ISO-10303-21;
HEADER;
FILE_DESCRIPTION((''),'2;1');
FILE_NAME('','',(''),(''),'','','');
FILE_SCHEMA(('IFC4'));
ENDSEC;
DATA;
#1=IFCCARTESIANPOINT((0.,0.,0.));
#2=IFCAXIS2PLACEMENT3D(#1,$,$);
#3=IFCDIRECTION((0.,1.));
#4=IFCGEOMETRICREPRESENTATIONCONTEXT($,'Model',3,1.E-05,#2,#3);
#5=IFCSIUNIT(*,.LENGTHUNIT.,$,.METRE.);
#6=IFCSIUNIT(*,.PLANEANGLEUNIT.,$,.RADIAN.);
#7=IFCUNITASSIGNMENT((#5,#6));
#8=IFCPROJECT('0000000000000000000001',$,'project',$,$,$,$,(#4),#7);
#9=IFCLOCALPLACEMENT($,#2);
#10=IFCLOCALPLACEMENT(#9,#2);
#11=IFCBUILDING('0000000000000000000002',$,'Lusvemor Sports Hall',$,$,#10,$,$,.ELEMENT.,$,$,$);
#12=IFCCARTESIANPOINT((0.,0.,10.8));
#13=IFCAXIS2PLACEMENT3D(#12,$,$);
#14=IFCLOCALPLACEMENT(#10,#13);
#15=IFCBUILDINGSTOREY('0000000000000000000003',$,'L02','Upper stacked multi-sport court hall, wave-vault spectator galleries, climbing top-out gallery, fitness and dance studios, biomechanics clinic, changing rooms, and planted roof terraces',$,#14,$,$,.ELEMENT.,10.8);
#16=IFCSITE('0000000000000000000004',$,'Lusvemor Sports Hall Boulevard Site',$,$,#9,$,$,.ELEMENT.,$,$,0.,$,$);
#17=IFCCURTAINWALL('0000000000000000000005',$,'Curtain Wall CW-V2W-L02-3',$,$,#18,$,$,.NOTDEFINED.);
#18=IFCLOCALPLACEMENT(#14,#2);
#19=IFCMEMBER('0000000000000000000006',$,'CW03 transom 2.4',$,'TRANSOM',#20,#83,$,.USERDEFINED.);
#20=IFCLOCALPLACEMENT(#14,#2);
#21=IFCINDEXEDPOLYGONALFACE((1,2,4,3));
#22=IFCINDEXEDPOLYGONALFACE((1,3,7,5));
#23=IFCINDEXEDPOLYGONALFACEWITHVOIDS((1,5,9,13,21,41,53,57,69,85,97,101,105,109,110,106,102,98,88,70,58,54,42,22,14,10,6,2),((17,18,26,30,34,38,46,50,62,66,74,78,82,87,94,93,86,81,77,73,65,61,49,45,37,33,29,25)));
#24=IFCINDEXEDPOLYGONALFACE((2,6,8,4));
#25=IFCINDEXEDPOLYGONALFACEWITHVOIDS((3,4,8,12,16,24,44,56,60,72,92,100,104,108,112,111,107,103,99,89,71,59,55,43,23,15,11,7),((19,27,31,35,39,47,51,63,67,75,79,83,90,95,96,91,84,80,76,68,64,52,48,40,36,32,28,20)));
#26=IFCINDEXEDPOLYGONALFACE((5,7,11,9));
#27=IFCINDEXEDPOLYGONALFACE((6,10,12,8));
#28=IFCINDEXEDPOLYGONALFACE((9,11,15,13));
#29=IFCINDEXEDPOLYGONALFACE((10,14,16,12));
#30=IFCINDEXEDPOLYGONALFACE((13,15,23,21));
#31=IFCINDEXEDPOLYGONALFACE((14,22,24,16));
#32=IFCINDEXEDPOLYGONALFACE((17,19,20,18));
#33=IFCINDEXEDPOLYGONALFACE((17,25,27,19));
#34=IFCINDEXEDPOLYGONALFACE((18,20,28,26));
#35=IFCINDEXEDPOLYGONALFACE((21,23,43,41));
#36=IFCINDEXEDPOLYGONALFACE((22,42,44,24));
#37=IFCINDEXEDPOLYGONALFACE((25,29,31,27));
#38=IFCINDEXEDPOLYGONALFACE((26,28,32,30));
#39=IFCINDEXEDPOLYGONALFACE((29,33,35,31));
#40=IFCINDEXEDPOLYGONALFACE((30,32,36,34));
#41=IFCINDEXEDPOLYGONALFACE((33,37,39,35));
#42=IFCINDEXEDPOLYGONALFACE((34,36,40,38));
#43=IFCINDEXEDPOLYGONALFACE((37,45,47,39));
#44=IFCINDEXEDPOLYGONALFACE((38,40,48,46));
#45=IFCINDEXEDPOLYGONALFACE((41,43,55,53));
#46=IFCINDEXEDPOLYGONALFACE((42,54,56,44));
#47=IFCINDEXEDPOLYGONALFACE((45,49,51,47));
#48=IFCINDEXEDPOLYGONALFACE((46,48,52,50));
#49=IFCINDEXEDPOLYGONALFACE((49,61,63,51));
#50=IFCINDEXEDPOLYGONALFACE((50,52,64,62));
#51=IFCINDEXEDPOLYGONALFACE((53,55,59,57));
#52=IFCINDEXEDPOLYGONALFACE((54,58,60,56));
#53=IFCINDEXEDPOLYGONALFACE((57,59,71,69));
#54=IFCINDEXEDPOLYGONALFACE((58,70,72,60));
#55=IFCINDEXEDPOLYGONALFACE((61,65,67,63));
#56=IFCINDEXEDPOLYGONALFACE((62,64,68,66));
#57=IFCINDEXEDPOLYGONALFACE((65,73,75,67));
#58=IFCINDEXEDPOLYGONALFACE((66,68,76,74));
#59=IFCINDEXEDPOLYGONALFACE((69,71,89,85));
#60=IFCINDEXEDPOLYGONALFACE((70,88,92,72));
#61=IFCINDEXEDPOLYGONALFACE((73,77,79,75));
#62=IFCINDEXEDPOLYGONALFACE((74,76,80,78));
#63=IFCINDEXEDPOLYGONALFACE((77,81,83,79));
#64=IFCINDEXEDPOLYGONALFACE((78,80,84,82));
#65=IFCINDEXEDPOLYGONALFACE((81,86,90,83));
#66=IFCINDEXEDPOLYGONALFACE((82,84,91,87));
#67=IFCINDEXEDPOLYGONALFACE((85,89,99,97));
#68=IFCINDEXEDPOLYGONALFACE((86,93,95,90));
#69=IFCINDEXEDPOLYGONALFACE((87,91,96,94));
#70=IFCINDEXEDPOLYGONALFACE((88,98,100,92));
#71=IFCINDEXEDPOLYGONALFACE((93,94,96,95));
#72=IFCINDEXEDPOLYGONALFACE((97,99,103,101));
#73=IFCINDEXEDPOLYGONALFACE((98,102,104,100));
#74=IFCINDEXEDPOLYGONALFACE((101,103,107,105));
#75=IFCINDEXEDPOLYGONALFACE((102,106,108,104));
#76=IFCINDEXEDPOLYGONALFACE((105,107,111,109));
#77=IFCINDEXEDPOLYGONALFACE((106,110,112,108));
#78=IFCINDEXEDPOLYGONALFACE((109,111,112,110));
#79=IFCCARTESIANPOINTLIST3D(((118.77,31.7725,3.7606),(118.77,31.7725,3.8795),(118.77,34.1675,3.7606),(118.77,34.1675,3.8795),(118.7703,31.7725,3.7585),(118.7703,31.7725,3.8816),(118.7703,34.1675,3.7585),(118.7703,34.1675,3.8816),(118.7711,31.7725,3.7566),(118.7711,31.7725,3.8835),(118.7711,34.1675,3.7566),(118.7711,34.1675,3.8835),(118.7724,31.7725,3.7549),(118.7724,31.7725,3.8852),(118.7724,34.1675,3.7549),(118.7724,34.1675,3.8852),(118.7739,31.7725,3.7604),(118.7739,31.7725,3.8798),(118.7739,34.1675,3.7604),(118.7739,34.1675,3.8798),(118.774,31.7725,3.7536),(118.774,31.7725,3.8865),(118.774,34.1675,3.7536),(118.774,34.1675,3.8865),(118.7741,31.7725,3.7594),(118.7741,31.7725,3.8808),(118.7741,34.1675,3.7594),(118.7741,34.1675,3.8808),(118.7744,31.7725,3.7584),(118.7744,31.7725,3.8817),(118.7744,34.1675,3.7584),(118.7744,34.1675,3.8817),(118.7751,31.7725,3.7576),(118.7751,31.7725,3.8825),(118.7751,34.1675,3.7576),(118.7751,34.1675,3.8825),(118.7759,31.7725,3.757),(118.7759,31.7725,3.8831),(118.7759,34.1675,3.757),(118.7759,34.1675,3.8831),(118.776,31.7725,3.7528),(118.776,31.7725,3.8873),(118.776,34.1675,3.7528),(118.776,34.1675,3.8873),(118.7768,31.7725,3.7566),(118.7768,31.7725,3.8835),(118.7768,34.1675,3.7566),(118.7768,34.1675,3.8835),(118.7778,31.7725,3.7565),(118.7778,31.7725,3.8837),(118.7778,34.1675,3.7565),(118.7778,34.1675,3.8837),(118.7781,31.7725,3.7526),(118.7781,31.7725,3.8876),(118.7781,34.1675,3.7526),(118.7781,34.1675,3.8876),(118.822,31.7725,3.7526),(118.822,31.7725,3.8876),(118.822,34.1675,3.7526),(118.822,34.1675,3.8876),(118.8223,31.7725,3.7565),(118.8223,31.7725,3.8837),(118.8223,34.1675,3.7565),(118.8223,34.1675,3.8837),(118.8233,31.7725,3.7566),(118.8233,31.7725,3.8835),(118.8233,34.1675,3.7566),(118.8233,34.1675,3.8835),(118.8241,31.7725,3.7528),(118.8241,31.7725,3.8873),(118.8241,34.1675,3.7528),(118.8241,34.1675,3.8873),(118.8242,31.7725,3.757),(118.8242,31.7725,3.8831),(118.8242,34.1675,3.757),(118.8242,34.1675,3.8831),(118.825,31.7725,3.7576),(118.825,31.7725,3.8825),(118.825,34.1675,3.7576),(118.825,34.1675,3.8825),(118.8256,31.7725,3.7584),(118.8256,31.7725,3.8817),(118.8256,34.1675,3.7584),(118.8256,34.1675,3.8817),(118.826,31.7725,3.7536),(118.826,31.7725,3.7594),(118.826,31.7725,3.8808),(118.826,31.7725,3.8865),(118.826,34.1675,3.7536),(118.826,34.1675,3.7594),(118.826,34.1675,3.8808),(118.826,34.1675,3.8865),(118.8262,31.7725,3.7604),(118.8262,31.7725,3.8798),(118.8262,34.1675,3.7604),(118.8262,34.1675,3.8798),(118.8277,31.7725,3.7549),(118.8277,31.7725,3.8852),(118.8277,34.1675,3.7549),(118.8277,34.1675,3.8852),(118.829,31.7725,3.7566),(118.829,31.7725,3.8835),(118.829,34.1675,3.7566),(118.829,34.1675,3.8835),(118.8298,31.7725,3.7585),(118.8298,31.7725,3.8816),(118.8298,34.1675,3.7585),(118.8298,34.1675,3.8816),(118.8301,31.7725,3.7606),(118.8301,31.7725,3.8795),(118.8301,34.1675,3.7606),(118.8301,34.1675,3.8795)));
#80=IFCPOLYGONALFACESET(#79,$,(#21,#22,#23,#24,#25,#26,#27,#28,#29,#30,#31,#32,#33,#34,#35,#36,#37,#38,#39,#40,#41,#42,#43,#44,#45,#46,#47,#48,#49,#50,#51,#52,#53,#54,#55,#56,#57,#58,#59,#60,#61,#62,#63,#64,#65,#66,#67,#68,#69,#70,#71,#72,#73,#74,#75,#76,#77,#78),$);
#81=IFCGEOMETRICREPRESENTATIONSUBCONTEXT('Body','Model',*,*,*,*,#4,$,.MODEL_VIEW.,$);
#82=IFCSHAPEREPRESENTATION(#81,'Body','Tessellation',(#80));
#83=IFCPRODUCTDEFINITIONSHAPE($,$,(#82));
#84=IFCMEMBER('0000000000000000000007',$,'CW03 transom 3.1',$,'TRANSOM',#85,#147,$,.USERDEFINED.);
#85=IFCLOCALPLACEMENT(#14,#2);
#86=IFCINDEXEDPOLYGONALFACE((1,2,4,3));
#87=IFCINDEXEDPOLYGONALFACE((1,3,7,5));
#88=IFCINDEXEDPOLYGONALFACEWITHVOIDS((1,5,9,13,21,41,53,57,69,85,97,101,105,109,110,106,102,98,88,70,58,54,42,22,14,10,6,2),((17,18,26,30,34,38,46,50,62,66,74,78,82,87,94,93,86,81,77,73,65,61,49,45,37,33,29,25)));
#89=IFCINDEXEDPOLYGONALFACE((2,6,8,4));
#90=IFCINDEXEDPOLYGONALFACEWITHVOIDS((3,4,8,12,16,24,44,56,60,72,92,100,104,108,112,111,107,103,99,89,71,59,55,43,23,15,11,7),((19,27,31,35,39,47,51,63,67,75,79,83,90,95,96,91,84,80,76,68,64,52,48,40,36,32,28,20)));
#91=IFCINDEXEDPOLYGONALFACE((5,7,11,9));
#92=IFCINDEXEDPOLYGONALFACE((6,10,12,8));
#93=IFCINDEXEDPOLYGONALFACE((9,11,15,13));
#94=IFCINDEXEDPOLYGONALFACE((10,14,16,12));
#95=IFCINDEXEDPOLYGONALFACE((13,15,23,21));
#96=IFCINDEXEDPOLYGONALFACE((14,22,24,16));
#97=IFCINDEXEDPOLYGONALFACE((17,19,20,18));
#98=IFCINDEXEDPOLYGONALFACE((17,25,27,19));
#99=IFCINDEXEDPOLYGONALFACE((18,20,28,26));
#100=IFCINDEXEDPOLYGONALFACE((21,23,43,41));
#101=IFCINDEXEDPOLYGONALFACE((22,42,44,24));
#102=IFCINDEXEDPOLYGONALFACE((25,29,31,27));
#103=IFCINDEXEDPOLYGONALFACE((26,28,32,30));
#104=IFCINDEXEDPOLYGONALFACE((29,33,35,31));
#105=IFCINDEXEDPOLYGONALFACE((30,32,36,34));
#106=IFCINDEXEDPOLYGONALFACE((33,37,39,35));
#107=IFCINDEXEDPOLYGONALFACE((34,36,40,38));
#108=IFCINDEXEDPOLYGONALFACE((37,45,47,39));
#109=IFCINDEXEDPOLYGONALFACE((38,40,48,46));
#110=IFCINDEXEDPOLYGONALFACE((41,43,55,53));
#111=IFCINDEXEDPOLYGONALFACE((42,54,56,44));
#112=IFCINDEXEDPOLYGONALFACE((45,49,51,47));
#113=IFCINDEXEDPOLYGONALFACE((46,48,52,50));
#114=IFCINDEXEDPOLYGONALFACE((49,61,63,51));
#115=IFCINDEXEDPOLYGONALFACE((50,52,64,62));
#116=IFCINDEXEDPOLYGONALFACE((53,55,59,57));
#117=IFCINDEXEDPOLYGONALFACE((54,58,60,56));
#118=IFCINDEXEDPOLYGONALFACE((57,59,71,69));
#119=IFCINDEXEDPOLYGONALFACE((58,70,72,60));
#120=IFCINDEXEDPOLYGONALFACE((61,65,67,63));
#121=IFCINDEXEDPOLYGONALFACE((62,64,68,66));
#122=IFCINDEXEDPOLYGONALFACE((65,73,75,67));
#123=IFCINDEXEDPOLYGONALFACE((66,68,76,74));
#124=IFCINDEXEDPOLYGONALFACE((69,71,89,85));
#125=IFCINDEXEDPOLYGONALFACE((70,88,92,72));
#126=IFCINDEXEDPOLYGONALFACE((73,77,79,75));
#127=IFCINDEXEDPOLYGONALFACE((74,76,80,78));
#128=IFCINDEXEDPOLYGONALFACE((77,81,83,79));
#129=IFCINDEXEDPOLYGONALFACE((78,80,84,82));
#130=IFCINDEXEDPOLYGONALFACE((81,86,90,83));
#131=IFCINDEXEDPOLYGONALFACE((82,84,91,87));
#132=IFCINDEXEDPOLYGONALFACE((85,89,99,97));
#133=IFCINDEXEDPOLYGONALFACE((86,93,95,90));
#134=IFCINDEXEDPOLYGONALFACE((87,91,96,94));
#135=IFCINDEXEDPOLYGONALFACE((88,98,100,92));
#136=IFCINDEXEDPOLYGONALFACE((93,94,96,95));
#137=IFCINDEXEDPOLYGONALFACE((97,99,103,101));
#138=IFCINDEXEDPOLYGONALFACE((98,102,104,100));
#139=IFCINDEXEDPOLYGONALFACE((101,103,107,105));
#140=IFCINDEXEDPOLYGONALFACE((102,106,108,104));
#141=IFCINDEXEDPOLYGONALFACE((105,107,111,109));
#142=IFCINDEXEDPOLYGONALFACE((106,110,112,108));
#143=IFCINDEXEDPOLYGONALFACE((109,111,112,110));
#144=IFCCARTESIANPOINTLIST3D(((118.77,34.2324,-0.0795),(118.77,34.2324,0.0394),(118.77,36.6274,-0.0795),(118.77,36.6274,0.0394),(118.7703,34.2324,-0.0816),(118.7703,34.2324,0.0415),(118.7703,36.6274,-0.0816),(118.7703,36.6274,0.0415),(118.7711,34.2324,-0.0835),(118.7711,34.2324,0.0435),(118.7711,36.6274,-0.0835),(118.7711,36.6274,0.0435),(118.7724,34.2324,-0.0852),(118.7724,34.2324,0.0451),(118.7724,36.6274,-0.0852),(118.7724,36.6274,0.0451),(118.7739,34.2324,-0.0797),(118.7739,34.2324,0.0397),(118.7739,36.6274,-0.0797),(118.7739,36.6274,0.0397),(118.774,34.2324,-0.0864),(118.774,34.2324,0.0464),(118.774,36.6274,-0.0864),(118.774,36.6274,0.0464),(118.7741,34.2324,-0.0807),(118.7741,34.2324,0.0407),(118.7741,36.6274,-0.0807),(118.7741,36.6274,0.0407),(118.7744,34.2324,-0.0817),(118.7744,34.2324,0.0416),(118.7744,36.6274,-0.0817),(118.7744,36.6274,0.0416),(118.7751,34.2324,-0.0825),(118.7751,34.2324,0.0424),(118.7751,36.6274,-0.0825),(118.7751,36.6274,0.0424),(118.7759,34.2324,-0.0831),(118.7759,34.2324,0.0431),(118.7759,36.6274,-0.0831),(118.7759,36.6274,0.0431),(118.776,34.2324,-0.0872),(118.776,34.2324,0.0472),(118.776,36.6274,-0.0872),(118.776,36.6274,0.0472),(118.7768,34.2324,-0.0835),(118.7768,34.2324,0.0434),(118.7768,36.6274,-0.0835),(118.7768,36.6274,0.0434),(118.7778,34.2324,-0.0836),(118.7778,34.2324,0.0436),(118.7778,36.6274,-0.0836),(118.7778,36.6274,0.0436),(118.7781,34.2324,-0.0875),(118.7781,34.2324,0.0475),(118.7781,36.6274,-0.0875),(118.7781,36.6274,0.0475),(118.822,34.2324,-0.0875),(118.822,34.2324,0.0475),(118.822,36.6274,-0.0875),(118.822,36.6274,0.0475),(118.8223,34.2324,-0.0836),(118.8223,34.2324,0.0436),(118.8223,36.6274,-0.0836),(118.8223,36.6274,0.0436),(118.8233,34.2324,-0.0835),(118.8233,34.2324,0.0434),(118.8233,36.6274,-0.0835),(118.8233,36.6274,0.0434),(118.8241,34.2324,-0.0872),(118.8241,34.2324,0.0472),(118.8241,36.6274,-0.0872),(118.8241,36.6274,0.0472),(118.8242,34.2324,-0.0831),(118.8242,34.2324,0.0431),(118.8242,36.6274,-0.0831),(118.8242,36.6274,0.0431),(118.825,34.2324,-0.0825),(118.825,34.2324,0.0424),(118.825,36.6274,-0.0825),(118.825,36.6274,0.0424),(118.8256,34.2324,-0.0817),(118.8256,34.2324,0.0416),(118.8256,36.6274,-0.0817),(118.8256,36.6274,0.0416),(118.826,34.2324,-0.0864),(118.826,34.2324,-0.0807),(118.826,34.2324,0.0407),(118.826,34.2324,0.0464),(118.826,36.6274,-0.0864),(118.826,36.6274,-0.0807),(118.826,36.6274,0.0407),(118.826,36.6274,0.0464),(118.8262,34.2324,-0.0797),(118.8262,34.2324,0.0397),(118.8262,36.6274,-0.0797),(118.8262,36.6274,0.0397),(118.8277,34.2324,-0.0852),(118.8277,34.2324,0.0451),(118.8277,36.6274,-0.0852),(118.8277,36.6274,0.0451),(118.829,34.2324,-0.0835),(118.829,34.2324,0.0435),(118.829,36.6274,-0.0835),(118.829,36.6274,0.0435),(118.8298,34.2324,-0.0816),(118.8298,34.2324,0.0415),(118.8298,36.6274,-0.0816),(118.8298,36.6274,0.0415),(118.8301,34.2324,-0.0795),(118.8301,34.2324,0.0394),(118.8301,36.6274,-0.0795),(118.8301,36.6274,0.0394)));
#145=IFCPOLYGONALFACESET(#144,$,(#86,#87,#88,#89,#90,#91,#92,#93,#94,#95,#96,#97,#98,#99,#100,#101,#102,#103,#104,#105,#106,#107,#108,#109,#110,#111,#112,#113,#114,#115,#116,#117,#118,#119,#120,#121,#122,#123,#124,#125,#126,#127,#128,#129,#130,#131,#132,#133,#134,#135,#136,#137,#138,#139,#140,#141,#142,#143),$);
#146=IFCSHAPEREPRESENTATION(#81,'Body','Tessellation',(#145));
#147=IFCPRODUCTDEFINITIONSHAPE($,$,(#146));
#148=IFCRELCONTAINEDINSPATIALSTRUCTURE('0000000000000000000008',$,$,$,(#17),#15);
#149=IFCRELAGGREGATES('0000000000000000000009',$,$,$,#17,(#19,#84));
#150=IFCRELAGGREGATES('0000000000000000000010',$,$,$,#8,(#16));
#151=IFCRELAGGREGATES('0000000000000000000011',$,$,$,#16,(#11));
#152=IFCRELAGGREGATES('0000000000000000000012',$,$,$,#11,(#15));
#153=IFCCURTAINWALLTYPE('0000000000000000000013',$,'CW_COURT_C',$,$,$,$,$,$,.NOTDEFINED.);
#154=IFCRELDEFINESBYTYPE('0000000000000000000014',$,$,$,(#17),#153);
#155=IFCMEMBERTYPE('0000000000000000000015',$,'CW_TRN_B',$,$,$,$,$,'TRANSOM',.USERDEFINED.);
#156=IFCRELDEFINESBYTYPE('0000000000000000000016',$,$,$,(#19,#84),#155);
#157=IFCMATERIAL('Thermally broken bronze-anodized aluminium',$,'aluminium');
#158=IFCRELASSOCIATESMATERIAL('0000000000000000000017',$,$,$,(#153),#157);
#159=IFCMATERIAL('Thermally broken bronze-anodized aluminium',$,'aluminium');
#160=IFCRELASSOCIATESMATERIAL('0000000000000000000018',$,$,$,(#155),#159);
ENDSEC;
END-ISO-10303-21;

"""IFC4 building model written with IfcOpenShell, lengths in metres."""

from ifc_helpers import new_model, si_unit, direction, frame, origin, origin_2d, place, context, subcontext, project, spatial, hollow_rectangle, extrude, material, material_profile, profile_set, type_object, element, aggregate, save


model = new_model("IFC4")

# Units and contexts
model_context = context("Model", 3, precision=1e-05, world=origin(), true_north=direction((0.0, 1.0)))
body_context = subcontext(model_context, "Body", "Model", "MODEL_VIEW")
ifc_project = project(units=[si_unit("LENGTHUNIT", "METRE"), si_unit("PLANEANGLEUNIT", "RADIAN")], contexts=[model_context])

# Site, building, storey
site_placement = place(None, origin())
site = spatial("IfcSite", under=ifc_project, at=site_placement, Name="Lusvemor Sports Hall Boulevard Site", CompositionType="ELEMENT", RefElevation=0.0)
building_placement = place(site_placement, origin())
building = spatial("IfcBuilding", under=site, at=building_placement, Name="Lusvemor Sports Hall", CompositionType="ELEMENT")
storey_placement = place(building_placement, frame((0.0, 0.0, 10.8)))
storey = spatial("IfcBuildingStorey", under=building, at=storey_placement, Name="L02", Description="Upper stacked multi-sport court hall, wave-vault spectator galleries, climbing top-out gallery, fitness and dance studios, biomechanics clinic, changing rooms, and planted roof terraces", CompositionType="ELEMENT", Elevation=10.8)

# Curtain wall, members
ifc_material_1 = material(Name="Thermally broken bronze-anodized aluminium", Category="aluminium")
curtain_wall_type = type_object("IfcCurtainWallType", Name="CW_COURT_C", PredefinedType="NOTDEFINED", material=ifc_material_1)
curtain_wall_placement = place(storey_placement, origin())
curtain_wall = element("IfcCurtainWall", 1, at=curtain_wall_placement, inside=storey, type_object=curtain_wall_type, Name="Curtain Wall CW-V2W-L02-3", PredefinedType="NOTDEFINED")
ifc_material_2 = material(Name="Thermally broken bronze-anodized aluminium", Category="aluminium")
ifc_material_profile_1 = material_profile(ifc_material_2, hollow_rectangle(XDim=0.0601, YDim=0.135, WallThickness=0.0039, InnerFilletRadius=0.0039, OuterFilletRadius=0.0081, at=origin_2d()), Name="CWTRN135x60x4")
ifc_profile_set_1 = profile_set([ifc_material_profile_1], Name="Thermally broken bronze-anodized aluminium")
member_type_1 = type_object("IfcMemberType", Name="CW_TRN_B", ElementType="TRANSOM", PredefinedType="USERDEFINED", material=ifc_profile_set_1)
member_1_placement = place(storey_placement, frame((118.8, 31.7725, 3.8201), z_axis=(0.0, 1.0, 0.0), x_axis=(-1.0, 0.0, 0.0)))
member_1 = element("IfcMember", 2, at=member_1_placement, type_object=member_type_1, Name="CW03 transom 2.4", ObjectType="TRANSOM", PredefinedType="USERDEFINED", context=body_context, shape_type="SweptSolid", body=[
    extrude(hollow_rectangle(XDim=0.0601, YDim=0.135, WallThickness=0.0039, InnerFilletRadius=0.0039, OuterFilletRadius=0.0081, at=origin_2d()), origin(), (0.0, 0.0, 1.0), 2.395),
])
member_2_placement = place(storey_placement, frame((118.8, 34.2324, -0.02), z_axis=(0.0, 1.0, 0.0), x_axis=(-1.0, 0.0, 0.0)))
member_2 = element("IfcMember", 3, at=member_2_placement, type_object=member_type_1, Name="CW03 transom 3.1", ObjectType="TRANSOM", PredefinedType="USERDEFINED", context=body_context, shape_type="SweptSolid", body=[
    extrude(hollow_rectangle(XDim=0.0601, YDim=0.135, WallThickness=0.0039, InnerFilletRadius=0.0039, OuterFilletRadius=0.0081, at=origin_2d()), origin(), (0.0, 0.0, 1.0), 2.395),
])
aggregate(curtain_wall, [member_1, member_2])

save(model, "model.ifc")
